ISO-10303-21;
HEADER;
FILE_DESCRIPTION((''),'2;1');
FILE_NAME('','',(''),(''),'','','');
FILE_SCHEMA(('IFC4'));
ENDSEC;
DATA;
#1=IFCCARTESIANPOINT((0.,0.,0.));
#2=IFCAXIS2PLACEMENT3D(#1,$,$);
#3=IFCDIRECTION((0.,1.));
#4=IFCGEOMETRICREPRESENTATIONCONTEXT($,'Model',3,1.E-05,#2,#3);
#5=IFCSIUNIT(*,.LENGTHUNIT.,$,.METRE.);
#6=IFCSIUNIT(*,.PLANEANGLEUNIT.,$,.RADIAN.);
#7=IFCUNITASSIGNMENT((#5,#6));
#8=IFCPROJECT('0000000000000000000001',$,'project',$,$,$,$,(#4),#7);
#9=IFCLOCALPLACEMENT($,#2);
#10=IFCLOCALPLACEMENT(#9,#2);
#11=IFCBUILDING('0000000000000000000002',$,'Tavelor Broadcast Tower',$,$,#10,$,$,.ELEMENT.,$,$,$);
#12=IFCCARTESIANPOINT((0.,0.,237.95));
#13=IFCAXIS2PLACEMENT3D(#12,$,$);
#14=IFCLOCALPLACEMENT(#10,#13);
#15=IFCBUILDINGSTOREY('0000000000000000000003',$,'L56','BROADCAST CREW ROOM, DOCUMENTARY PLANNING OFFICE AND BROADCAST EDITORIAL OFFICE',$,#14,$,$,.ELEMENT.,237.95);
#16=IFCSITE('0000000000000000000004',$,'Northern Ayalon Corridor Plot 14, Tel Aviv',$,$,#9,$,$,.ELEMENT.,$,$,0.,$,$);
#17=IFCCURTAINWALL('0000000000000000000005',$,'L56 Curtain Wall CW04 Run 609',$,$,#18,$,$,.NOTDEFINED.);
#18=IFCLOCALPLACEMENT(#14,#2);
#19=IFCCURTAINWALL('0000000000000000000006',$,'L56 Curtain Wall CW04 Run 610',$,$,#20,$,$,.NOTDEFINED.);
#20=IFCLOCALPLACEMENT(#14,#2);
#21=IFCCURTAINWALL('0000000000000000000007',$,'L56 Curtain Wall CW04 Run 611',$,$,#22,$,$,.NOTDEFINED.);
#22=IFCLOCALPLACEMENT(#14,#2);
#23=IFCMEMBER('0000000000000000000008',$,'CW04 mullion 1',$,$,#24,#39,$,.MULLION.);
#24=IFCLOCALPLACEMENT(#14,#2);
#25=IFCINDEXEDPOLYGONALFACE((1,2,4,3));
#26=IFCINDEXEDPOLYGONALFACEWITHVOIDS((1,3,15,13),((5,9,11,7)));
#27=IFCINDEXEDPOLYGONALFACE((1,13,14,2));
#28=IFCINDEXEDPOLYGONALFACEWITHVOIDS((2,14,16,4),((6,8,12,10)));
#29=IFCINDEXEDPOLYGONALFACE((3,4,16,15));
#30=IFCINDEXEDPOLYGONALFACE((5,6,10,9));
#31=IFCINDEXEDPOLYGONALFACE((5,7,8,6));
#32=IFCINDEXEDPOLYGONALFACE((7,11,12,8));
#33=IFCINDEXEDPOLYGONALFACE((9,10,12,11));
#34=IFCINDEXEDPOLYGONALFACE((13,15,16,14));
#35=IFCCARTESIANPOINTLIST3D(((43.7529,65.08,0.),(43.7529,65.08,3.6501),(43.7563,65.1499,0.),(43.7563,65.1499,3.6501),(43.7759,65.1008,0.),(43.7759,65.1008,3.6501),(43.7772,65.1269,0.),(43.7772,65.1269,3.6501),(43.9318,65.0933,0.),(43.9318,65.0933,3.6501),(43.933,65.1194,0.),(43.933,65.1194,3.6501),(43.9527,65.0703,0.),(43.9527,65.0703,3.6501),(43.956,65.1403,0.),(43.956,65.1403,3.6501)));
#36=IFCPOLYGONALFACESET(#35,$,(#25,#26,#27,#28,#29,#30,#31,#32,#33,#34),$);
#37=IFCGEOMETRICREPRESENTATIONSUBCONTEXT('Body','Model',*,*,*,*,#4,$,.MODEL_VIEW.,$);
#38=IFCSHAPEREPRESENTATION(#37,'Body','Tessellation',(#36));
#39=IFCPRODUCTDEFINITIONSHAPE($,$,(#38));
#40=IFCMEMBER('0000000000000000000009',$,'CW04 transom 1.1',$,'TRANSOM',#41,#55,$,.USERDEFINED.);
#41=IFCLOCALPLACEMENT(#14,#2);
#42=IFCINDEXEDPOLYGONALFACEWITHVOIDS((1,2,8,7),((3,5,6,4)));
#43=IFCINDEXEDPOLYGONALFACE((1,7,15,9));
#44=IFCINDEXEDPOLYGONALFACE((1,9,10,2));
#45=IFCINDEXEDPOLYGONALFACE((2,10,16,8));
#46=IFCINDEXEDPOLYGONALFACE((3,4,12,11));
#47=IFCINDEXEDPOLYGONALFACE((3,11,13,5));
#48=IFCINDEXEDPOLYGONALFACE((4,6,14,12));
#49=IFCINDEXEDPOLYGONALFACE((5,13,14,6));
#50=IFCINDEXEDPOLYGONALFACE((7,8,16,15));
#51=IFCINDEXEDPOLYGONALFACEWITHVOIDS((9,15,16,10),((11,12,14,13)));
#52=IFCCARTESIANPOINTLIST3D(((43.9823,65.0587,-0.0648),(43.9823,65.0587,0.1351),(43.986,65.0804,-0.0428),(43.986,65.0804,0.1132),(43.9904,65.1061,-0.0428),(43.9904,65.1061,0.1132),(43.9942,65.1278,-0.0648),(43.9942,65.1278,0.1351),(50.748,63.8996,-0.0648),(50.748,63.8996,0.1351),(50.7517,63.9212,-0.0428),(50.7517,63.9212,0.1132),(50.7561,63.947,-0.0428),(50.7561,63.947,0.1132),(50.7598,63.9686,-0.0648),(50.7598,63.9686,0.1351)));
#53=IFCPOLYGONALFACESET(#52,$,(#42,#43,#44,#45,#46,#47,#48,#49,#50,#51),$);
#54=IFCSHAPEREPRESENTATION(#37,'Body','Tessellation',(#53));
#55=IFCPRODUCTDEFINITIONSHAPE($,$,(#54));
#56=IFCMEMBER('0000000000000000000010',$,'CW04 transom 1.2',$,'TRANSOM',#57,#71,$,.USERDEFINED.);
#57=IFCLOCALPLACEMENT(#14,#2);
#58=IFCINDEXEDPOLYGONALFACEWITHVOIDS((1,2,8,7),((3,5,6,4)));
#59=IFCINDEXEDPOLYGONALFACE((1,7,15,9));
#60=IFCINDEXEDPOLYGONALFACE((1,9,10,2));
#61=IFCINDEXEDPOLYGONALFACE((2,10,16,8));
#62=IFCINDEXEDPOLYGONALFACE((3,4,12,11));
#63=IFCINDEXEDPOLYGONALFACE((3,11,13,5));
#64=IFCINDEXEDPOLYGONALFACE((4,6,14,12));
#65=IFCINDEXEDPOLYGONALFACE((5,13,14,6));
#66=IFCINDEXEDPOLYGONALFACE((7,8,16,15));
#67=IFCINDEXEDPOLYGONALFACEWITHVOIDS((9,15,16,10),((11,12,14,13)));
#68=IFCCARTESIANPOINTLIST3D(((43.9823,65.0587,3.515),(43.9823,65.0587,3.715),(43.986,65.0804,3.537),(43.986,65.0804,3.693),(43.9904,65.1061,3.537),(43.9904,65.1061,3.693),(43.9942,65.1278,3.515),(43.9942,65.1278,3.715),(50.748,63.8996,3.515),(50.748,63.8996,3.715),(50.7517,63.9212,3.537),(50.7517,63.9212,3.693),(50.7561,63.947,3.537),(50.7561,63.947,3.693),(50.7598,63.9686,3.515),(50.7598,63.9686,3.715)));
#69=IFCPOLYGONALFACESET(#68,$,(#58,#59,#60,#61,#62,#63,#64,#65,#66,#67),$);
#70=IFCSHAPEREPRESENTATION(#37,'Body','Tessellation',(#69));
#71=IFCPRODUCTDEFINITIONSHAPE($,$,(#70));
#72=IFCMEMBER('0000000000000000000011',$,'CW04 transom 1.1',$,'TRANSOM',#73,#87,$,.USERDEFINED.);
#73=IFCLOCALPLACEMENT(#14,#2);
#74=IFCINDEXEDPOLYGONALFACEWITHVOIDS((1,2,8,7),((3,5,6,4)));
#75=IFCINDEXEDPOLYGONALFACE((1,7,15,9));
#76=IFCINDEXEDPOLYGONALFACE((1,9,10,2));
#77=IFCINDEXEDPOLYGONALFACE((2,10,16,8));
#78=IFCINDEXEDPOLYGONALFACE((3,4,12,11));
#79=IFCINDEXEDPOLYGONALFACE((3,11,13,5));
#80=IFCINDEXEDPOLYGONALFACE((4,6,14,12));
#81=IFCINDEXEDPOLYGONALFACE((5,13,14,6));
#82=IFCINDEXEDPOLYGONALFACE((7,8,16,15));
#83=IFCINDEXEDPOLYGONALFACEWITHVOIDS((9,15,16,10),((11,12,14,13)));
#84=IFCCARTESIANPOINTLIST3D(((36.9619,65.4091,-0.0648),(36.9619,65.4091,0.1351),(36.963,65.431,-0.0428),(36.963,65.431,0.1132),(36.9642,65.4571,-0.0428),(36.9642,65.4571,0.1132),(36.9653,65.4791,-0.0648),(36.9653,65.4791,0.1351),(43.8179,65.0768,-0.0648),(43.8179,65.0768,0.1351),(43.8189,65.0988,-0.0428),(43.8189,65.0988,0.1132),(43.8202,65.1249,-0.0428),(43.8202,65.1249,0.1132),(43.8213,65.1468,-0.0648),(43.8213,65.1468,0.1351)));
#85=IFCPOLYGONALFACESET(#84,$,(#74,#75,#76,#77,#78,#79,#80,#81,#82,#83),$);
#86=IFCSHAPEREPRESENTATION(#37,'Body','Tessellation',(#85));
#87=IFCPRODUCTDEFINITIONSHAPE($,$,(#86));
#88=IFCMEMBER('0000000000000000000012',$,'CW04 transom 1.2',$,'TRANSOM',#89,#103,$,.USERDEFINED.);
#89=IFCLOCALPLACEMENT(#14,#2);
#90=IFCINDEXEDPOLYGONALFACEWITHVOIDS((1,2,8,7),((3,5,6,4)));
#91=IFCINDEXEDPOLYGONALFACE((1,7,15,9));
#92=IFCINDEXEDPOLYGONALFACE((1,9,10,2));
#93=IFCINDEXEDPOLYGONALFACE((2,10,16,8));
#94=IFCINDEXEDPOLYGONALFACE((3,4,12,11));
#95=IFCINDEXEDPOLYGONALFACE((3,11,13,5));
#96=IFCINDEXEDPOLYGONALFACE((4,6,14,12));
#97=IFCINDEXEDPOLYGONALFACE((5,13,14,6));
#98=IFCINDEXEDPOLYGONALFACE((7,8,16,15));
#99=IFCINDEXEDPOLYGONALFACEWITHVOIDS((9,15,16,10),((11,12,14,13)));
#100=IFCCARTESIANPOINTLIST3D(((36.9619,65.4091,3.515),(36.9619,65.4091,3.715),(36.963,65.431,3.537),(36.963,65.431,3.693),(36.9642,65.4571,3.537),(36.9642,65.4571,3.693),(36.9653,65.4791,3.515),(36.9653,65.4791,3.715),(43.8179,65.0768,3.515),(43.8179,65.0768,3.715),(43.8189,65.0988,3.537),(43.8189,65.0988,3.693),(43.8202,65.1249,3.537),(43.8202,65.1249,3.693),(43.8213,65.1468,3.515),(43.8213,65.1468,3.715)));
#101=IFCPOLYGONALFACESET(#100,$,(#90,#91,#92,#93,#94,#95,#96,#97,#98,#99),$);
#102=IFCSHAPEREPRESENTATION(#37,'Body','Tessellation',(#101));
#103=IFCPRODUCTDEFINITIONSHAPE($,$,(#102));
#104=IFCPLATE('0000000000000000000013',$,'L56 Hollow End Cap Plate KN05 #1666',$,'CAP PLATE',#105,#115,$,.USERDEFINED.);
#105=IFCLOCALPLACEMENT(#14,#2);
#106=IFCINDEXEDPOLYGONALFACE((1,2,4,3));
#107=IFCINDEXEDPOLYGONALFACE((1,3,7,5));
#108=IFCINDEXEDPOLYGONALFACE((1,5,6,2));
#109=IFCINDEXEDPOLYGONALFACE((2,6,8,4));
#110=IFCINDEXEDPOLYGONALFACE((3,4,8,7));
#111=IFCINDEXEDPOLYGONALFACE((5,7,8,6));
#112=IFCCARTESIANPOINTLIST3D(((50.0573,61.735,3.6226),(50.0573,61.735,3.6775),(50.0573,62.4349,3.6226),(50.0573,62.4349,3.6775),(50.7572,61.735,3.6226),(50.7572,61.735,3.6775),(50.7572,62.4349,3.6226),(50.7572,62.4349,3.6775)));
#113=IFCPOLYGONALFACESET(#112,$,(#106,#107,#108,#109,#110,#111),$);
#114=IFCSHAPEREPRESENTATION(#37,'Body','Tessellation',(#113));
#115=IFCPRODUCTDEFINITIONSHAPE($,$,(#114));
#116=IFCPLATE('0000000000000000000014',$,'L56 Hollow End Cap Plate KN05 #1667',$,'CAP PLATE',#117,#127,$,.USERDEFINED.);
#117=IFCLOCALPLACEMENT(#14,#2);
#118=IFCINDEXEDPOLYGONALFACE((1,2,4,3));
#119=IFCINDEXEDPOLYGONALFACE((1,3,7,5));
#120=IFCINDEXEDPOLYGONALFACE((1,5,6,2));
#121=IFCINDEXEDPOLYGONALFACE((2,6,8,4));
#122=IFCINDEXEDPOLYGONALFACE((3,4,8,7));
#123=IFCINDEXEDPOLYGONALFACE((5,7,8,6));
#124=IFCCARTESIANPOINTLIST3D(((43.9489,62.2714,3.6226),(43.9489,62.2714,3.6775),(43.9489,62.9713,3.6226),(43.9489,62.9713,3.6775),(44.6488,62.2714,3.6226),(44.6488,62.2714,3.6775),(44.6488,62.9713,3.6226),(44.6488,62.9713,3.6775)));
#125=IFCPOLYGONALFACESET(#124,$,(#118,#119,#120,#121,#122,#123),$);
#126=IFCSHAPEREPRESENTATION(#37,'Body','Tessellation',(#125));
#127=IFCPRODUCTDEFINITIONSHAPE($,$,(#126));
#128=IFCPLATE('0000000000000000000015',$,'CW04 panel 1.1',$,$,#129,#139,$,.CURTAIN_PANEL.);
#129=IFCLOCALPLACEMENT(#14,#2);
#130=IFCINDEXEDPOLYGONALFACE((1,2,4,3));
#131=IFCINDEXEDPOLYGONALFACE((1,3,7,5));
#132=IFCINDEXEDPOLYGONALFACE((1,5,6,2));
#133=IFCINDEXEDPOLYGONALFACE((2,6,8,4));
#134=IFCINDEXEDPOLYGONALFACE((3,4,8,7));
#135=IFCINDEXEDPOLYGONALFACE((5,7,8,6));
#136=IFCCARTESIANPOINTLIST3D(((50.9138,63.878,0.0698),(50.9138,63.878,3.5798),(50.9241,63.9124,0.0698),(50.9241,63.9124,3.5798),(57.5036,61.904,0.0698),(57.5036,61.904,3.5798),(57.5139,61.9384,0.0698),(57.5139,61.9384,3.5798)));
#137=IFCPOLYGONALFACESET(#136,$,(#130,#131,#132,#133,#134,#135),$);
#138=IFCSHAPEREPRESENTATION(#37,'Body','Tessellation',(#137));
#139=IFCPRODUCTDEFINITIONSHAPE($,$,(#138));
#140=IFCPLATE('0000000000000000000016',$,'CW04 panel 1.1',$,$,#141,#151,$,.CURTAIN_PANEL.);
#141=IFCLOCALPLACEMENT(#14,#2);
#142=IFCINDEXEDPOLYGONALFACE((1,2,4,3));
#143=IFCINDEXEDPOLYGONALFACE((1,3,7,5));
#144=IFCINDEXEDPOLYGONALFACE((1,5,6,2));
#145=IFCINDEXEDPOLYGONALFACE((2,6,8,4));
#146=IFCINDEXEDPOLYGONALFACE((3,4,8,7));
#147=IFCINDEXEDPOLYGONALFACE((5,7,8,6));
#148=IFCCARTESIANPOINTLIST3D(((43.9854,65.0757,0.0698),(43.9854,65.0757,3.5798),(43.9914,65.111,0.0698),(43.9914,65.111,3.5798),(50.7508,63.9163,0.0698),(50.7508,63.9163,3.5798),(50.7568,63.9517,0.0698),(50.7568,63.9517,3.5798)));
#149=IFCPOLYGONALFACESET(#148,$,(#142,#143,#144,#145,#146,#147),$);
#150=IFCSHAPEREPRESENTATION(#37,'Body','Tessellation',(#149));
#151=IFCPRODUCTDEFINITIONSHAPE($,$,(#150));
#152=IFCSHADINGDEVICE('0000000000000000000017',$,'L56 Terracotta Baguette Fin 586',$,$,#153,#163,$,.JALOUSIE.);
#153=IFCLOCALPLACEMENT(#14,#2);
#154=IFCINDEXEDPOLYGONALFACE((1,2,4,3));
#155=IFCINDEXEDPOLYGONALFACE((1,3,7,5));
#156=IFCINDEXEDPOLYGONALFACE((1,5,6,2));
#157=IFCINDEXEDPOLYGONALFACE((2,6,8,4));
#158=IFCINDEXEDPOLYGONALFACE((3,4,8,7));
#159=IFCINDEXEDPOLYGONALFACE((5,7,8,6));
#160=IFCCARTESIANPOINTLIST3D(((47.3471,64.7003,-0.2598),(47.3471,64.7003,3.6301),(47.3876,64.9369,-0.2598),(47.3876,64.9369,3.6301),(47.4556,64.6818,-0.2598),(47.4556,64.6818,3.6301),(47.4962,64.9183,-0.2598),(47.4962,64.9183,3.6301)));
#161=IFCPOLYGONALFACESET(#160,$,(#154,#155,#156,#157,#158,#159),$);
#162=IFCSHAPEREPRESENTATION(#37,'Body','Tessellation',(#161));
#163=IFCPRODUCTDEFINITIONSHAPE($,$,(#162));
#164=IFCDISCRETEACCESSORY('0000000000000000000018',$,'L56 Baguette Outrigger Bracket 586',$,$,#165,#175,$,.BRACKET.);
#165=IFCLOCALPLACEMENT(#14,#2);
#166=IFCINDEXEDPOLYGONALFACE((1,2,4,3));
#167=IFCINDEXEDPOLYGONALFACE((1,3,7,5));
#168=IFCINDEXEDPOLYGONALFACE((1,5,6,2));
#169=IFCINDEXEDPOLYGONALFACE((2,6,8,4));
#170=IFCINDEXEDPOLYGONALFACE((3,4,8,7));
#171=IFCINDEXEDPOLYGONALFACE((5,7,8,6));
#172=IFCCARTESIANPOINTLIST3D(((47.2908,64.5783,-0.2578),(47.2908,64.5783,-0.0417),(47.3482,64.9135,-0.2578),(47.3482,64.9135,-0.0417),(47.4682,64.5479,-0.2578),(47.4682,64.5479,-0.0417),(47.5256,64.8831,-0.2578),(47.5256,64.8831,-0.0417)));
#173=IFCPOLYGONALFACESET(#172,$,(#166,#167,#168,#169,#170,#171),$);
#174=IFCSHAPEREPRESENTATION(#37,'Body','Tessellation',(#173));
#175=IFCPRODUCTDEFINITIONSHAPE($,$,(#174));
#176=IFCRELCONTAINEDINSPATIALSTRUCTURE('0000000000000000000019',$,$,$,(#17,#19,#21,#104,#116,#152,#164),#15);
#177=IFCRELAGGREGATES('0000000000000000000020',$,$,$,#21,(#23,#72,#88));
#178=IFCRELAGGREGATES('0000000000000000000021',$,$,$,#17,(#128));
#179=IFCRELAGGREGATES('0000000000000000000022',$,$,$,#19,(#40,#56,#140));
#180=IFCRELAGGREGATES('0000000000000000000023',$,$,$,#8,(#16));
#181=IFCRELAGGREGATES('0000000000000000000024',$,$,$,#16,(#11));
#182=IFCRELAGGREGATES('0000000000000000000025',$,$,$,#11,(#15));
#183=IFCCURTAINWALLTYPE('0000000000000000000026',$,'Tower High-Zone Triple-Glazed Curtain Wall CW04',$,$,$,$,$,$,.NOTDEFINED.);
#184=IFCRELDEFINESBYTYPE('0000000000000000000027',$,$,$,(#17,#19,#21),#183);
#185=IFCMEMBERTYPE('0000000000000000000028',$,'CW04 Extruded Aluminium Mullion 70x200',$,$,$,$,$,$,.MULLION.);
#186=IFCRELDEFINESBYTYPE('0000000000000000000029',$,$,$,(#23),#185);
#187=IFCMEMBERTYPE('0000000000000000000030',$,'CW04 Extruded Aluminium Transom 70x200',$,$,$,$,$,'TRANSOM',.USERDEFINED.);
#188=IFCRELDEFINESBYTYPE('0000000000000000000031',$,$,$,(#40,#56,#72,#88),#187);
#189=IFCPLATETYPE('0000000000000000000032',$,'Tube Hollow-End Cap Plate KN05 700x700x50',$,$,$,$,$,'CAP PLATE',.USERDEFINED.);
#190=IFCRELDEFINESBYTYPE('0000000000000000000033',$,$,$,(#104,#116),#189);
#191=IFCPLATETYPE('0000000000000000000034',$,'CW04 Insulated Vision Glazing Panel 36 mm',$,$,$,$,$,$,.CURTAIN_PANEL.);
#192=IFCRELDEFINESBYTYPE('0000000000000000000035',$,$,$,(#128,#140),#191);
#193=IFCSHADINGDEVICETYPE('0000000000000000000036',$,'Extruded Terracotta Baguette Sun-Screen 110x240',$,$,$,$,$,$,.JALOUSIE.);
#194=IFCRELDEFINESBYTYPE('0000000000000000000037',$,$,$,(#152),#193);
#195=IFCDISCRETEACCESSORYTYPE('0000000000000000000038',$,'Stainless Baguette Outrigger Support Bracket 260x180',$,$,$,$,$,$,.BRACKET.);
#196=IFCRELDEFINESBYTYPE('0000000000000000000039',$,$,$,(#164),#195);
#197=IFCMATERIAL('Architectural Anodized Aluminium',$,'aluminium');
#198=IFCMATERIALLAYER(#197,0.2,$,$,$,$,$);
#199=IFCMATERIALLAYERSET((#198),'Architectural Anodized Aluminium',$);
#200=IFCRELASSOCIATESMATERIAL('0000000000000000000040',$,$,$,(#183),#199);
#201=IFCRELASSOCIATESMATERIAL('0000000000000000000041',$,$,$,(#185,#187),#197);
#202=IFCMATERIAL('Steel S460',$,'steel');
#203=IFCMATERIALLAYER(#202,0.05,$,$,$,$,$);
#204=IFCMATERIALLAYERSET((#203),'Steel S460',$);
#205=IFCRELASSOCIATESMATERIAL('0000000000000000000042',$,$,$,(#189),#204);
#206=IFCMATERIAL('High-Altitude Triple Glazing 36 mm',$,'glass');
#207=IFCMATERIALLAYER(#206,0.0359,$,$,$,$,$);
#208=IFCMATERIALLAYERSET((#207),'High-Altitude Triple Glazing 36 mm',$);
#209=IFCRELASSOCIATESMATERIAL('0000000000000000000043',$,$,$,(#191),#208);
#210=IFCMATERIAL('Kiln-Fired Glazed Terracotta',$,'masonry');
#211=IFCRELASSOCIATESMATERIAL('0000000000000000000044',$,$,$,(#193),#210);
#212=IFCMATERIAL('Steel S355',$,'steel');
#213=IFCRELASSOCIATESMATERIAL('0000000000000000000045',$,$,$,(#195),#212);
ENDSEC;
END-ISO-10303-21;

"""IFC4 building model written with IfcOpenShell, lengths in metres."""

from ifc_helpers import new_model, si_unit, direction, frame, origin, origin_2d, place, context, subcontext, project, spatial, rectangle, hollow_rectangle, extrude, source, transform, mapped, material, layer, layer_set, material_profile, profile_set, type_object, type_shapes, element, aggregate, save


model = new_model("IFC4")

# Units and contexts
model_context = context("Model", 3, precision=1e-05, world=origin(), true_north=direction((0.0, 1.0)))
body_context = subcontext(model_context, "Body", "Model", "MODEL_VIEW")
ifc_project = project(units=[si_unit("LENGTHUNIT", "METRE"), si_unit("PLANEANGLEUNIT", "RADIAN")], contexts=[model_context])

# Site, building, storey
site_placement = place(None, origin())
site = spatial("IfcSite", under=ifc_project, at=site_placement, Name="Northern Ayalon Corridor Plot 14, Tel Aviv", CompositionType="ELEMENT", RefElevation=0.0)
building_placement = place(site_placement, origin())
building = spatial("IfcBuilding", under=site, at=building_placement, Name="Tavelor Broadcast Tower", CompositionType="ELEMENT")
storey_placement = place(building_placement, frame((0.0, 0.0, 237.95)))
storey = spatial("IfcBuildingStorey", under=building, at=storey_placement, Name="L56", Description="BROADCAST CREW ROOM, DOCUMENTARY PLANNING OFFICE AND BROADCAST EDITORIAL OFFICE", CompositionType="ELEMENT", Elevation=237.95)

# Shared definitions
ifc_material_1 = material(Name="Steel S460", Category="steel")

# Shared definitions
ifc_material_2 = material(Name="Steel S355", Category="steel")

# Curtain wall
ifc_material_3 = material(Name="Architectural Anodized Aluminium", Category="aluminium")
ifc_layer_1 = layer(ifc_material_3, 0.2)
ifc_layer_set_1 = layer_set([ifc_layer_1], Name="Architectural Anodized Aluminium")
curtain_wall_type = type_object("IfcCurtainWallType", Name="Tower High-Zone Triple-Glazed Curtain Wall CW04", PredefinedType="NOTDEFINED", material=ifc_layer_set_1)
curtain_wall_1_placement = place(storey_placement, origin())
curtain_wall_1 = element("IfcCurtainWall", 1, at=curtain_wall_1_placement, inside=storey, type_object=curtain_wall_type, Name="L56 Curtain Wall CW04 Run 609", PredefinedType="NOTDEFINED")
ifc_material_profile_1 = material_profile(ifc_material_3, hollow_rectangle(XDim=0.0701, YDim=0.2, WallThickness=0.022, at=origin_2d()), Name="RHS 70x200x22")
ifc_profile_set_1 = profile_set([ifc_material_profile_1], Name="Architectural Anodized Aluminium")
member_type_1 = type_object("IfcMemberType", Name="CW04 Extruded Aluminium Mullion 70x200", PredefinedType="MULLION", material=ifc_profile_set_1)
shared_shape_1 = source(origin(), body_context, "Body", "SweptSolid", [
    extrude(hollow_rectangle(XDim=0.0701, YDim=0.2, WallThickness=0.022, at=origin_2d()), origin(), (0.0, 0.0, 1.0), 3.6501),
])
type_shapes(member_type_1, [shared_shape_1])

# Curtain wall
curtain_wall_2_placement = place(storey_placement, origin())
curtain_wall_2 = element("IfcCurtainWall", 2, at=curtain_wall_2_placement, inside=storey, type_object=curtain_wall_type, Name="L56 Curtain Wall CW04 Run 610", PredefinedType="NOTDEFINED")

# Curtain wall, member
curtain_wall_3_placement = place(storey_placement, origin())
curtain_wall_3 = element("IfcCurtainWall", 3, at=curtain_wall_3_placement, inside=storey, type_object=curtain_wall_type, Name="L56 Curtain Wall CW04 Run 611", PredefinedType="NOTDEFINED")
member_1_placement = place(storey_placement, frame((43.8545, 65.1101, 0.0), z_axis=(0.0, 0.0, 1.0), x_axis=(-0.048401, -0.998828, 0.0)))
member_1 = element("IfcMember", 4, at=member_1_placement, type_object=member_type_1, Name="CW04 mullion 1", PredefinedType="MULLION", context=body_context, shape_type="MappedRepresentation", body=[
    mapped(shared_shape_1, transform((0.0, 0.0, 0.0), scale=1.0)),
])

# Members
ifc_material_profile_2 = material_profile(ifc_material_3, hollow_rectangle(XDim=0.0701, YDim=0.2, WallThickness=0.022, at=origin_2d()), Name="RHS 70x200x22")
ifc_profile_set_2 = profile_set([ifc_material_profile_2], Name="Architectural Anodized Aluminium")
member_type_2 = type_object("IfcMemberType", Name="CW04 Extruded Aluminium Transom 70x200", ElementType="TRANSOM", PredefinedType="USERDEFINED", material=ifc_profile_set_2)
shared_shape_2 = source(origin(), body_context, "Body", "SweptSolid", [
    extrude(hollow_rectangle(XDim=0.0701, YDim=0.2, WallThickness=0.022, at=origin_2d()), origin(), (0.0, 0.0, 1.0), 6.8643),
])
member_2_placement = place(storey_placement, frame((50.7539, 63.9341, 0.0352), z_axis=(-0.985638, 0.168873, 0.0), x_axis=(-0.168873, -0.985638, 0.0)))
member_2 = element("IfcMember", 5, at=member_2_placement, type_object=member_type_2, Name="CW04 transom 1.1", ObjectType="TRANSOM", PredefinedType="USERDEFINED", context=body_context, shape_type="MappedRepresentation", body=[
    mapped(shared_shape_2, transform((0.0, 0.0, 0.0), scale=1.0)),
])
member_3_placement = place(storey_placement, frame((50.7539, 63.9341, 3.615), z_axis=(-0.985638, 0.168873, 0.0), x_axis=(-0.168873, -0.985638, 0.0)))
member_3 = element("IfcMember", 6, at=member_3_placement, type_object=member_type_2, Name="CW04 transom 1.2", ObjectType="TRANSOM", PredefinedType="USERDEFINED", context=body_context, shape_type="MappedRepresentation", body=[
    mapped(shared_shape_2, transform((0.0, 0.0, 0.0), scale=1.0)),
])
shared_shape_3 = source(origin(), body_context, "Body", "SweptSolid", [
    extrude(hollow_rectangle(XDim=0.0701, YDim=0.2, WallThickness=0.022, at=origin_2d()), origin(), (0.0, 0.0, 1.0), 6.864),
])
type_shapes(member_type_2, [shared_shape_2, shared_shape_3])
member_4_placement = place(storey_placement, frame((43.8196, 65.1118, 0.0352), z_axis=(-0.998828, 0.048408, 0.0), x_axis=(-0.048408, -0.998828, 0.0)))
member_4 = element("IfcMember", 7, at=member_4_placement, type_object=member_type_2, Name="CW04 transom 1.1", ObjectType="TRANSOM", PredefinedType="USERDEFINED", context=body_context, shape_type="MappedRepresentation", body=[
    mapped(shared_shape_3, transform((0.0, 0.0, 0.0), scale=1.0)),
])
member_5_placement = place(storey_placement, frame((43.8196, 65.1118, 3.615), z_axis=(-0.998828, 0.048408, 0.0), x_axis=(-0.048408, -0.998828, 0.0)))
member_5 = element("IfcMember", 8, at=member_5_placement, type_object=member_type_2, Name="CW04 transom 1.2", ObjectType="TRANSOM", PredefinedType="USERDEFINED", context=body_context, shape_type="MappedRepresentation", body=[
    mapped(shared_shape_3, transform((0.0, 0.0, 0.0), scale=1.0)),
])
aggregate(curtain_wall_3, [member_1, member_4, member_5])

# Plates
ifc_layer_2 = layer(ifc_material_1, 0.05)
ifc_layer_set_2 = layer_set([ifc_layer_2], Name="Steel S460")
plate_type_1 = type_object("IfcPlateType", Name="Tube Hollow-End Cap Plate KN05 700x700x50", ElementType="CAP PLATE", PredefinedType="USERDEFINED", material=ifc_layer_set_2)
shared_shape_4 = source(origin(), body_context, "Body", "SweptSolid", [
    extrude(rectangle(XDim=0.7, YDim=0.7, at=origin_2d()), origin(), (0.0, 0.0, 1.0), 0.0549),
])
type_shapes(plate_type_1, [shared_shape_4])
for number, where, z_axis, x_axis, name in (
    (9, (50.4072, 62.085, 3.6226), (0.0, 0.0, 1.0), (1.0, 0.0, 0.0), "L56 Hollow End Cap Plate KN05 #1666"),
    (10, (44.2988, 62.6213, 3.6226), (0.0, 0.0, 1.0), (1.0, 0.0, 0.0), "L56 Hollow End Cap Plate KN05 #1667"),
):
    element("IfcPlate", number, at=place(storey_placement, frame(where, z_axis=z_axis, x_axis=x_axis)), inside=storey, type_object=plate_type_1, Name=name, ObjectType="CAP PLATE", PredefinedType="USERDEFINED", context=body_context, shape_type="MappedRepresentation", body=[
        mapped(shared_shape_4, transform((0.0, 0.0, 0.0), scale=1.0)),
    ])

# Plates
ifc_material_4 = material(Name="High-Altitude Triple Glazing 36 mm", Category="glass")
ifc_layer_3 = layer(ifc_material_4, 0.0359)
ifc_layer_set_3 = layer_set([ifc_layer_3], Name="High-Altitude Triple Glazing 36 mm")
plate_type_2 = type_object("IfcPlateType", Name="CW04 Insulated Vision Glazing Panel 36 mm", PredefinedType="CURTAIN_PANEL", material=ifc_layer_set_3)
shared_shape_5 = source(origin(), body_context, "Body", "SweptSolid", [
    extrude(rectangle(XDim=6.8792, YDim=0.0359, at=origin_2d()), origin(), (0.0, 0.0, 1.0), 3.51),
])
plate_1_placement = place(storey_placement, frame((54.2139, 62.9082, 0.0698), z_axis=(0.0, 0.0, 1.0), x_axis=(-0.957947, 0.286947, 0.0)))
plate_1 = element("IfcPlate", 11, at=plate_1_placement, type_object=plate_type_2, Name="CW04 panel 1.1", PredefinedType="CURTAIN_PANEL", context=body_context, shape_type="MappedRepresentation", body=[
    mapped(shared_shape_5, transform((0.0, 0.0, 0.0), scale=1.0)),
])
aggregate(curtain_wall_1, [plate_1])
shared_shape_6 = source(origin(), body_context, "Body", "SweptSolid", [
    extrude(rectangle(XDim=6.864, YDim=0.0359, at=origin_2d()), origin(), (0.0, 0.0, 1.0), 3.51),
])
type_shapes(plate_type_2, [shared_shape_5, shared_shape_6])
plate_2_placement = place(storey_placement, frame((47.3711, 64.5137, 0.0698), z_axis=(0.0, 0.0, 1.0), x_axis=(-0.985633, 0.1689, 0.0)))
plate_2 = element("IfcPlate", 12, at=plate_2_placement, type_object=plate_type_2, Name="CW04 panel 1.1", PredefinedType="CURTAIN_PANEL", context=body_context, shape_type="MappedRepresentation", body=[
    mapped(shared_shape_6, transform((0.0, 0.0, 0.0), scale=1.0)),
])
aggregate(curtain_wall_2, [member_2, member_3, plate_2])

# Shading device
ifc_material_5 = material(Name="Kiln-Fired Glazed Terracotta", Category="masonry")
shading_device_type = type_object("IfcShadingDeviceType", Name="Extruded Terracotta Baguette Sun-Screen 110x240", PredefinedType="JALOUSIE", material=ifc_material_5)
shared_shape_7 = source(origin(), body_context, "Body", "SweptSolid", [
    extrude(rectangle(XDim=0.1101, YDim=0.24, at=origin_2d()), origin(), (0.0, 0.0, 1.0), 3.8899),
])
type_shapes(shading_device_type, [shared_shape_7])
shading_device_placement = place(storey_placement, frame((47.4216, 64.8093, -0.2598), z_axis=(0.0, 0.0, 1.0), x_axis=(-0.985645, 0.168833, 0.0)))
element("IfcShadingDevice", 13, at=shading_device_placement, inside=storey, type_object=shading_device_type, Name="L56 Terracotta Baguette Fin 586", PredefinedType="JALOUSIE", context=body_context, shape_type="MappedRepresentation", body=[
    mapped(shared_shape_7, transform((0.0, 0.0, 0.0), scale=1.0)),
])

# Discrete accessory
discrete_accessory_type = type_object("IfcDiscreteAccessoryType", Name="Stainless Baguette Outrigger Support Bracket 260x180", PredefinedType="BRACKET", material=ifc_material_2)
shared_shape_8 = source(origin(), body_context, "Body", "SweptSolid", [
    extrude(rectangle(XDim=0.1799, YDim=0.3401, at=origin_2d()), origin(), (0.0, 0.0, 1.0), 0.2161),
])
type_shapes(discrete_accessory_type, [shared_shape_8])
discrete_accessory_placement = place(storey_placement, frame((47.4082, 64.7307, -0.2578), z_axis=(0.0, 0.0, 1.0), x_axis=(-0.985645, 0.168833, 0.0)))
element("IfcDiscreteAccessory", 14, at=discrete_accessory_placement, inside=storey, type_object=discrete_accessory_type, Name="L56 Baguette Outrigger Bracket 586", PredefinedType="BRACKET", context=body_context, shape_type="MappedRepresentation", body=[
    mapped(shared_shape_8, transform((0.0, 0.0, 0.0), scale=1.0)),
])

save(model, "model.ifc")
